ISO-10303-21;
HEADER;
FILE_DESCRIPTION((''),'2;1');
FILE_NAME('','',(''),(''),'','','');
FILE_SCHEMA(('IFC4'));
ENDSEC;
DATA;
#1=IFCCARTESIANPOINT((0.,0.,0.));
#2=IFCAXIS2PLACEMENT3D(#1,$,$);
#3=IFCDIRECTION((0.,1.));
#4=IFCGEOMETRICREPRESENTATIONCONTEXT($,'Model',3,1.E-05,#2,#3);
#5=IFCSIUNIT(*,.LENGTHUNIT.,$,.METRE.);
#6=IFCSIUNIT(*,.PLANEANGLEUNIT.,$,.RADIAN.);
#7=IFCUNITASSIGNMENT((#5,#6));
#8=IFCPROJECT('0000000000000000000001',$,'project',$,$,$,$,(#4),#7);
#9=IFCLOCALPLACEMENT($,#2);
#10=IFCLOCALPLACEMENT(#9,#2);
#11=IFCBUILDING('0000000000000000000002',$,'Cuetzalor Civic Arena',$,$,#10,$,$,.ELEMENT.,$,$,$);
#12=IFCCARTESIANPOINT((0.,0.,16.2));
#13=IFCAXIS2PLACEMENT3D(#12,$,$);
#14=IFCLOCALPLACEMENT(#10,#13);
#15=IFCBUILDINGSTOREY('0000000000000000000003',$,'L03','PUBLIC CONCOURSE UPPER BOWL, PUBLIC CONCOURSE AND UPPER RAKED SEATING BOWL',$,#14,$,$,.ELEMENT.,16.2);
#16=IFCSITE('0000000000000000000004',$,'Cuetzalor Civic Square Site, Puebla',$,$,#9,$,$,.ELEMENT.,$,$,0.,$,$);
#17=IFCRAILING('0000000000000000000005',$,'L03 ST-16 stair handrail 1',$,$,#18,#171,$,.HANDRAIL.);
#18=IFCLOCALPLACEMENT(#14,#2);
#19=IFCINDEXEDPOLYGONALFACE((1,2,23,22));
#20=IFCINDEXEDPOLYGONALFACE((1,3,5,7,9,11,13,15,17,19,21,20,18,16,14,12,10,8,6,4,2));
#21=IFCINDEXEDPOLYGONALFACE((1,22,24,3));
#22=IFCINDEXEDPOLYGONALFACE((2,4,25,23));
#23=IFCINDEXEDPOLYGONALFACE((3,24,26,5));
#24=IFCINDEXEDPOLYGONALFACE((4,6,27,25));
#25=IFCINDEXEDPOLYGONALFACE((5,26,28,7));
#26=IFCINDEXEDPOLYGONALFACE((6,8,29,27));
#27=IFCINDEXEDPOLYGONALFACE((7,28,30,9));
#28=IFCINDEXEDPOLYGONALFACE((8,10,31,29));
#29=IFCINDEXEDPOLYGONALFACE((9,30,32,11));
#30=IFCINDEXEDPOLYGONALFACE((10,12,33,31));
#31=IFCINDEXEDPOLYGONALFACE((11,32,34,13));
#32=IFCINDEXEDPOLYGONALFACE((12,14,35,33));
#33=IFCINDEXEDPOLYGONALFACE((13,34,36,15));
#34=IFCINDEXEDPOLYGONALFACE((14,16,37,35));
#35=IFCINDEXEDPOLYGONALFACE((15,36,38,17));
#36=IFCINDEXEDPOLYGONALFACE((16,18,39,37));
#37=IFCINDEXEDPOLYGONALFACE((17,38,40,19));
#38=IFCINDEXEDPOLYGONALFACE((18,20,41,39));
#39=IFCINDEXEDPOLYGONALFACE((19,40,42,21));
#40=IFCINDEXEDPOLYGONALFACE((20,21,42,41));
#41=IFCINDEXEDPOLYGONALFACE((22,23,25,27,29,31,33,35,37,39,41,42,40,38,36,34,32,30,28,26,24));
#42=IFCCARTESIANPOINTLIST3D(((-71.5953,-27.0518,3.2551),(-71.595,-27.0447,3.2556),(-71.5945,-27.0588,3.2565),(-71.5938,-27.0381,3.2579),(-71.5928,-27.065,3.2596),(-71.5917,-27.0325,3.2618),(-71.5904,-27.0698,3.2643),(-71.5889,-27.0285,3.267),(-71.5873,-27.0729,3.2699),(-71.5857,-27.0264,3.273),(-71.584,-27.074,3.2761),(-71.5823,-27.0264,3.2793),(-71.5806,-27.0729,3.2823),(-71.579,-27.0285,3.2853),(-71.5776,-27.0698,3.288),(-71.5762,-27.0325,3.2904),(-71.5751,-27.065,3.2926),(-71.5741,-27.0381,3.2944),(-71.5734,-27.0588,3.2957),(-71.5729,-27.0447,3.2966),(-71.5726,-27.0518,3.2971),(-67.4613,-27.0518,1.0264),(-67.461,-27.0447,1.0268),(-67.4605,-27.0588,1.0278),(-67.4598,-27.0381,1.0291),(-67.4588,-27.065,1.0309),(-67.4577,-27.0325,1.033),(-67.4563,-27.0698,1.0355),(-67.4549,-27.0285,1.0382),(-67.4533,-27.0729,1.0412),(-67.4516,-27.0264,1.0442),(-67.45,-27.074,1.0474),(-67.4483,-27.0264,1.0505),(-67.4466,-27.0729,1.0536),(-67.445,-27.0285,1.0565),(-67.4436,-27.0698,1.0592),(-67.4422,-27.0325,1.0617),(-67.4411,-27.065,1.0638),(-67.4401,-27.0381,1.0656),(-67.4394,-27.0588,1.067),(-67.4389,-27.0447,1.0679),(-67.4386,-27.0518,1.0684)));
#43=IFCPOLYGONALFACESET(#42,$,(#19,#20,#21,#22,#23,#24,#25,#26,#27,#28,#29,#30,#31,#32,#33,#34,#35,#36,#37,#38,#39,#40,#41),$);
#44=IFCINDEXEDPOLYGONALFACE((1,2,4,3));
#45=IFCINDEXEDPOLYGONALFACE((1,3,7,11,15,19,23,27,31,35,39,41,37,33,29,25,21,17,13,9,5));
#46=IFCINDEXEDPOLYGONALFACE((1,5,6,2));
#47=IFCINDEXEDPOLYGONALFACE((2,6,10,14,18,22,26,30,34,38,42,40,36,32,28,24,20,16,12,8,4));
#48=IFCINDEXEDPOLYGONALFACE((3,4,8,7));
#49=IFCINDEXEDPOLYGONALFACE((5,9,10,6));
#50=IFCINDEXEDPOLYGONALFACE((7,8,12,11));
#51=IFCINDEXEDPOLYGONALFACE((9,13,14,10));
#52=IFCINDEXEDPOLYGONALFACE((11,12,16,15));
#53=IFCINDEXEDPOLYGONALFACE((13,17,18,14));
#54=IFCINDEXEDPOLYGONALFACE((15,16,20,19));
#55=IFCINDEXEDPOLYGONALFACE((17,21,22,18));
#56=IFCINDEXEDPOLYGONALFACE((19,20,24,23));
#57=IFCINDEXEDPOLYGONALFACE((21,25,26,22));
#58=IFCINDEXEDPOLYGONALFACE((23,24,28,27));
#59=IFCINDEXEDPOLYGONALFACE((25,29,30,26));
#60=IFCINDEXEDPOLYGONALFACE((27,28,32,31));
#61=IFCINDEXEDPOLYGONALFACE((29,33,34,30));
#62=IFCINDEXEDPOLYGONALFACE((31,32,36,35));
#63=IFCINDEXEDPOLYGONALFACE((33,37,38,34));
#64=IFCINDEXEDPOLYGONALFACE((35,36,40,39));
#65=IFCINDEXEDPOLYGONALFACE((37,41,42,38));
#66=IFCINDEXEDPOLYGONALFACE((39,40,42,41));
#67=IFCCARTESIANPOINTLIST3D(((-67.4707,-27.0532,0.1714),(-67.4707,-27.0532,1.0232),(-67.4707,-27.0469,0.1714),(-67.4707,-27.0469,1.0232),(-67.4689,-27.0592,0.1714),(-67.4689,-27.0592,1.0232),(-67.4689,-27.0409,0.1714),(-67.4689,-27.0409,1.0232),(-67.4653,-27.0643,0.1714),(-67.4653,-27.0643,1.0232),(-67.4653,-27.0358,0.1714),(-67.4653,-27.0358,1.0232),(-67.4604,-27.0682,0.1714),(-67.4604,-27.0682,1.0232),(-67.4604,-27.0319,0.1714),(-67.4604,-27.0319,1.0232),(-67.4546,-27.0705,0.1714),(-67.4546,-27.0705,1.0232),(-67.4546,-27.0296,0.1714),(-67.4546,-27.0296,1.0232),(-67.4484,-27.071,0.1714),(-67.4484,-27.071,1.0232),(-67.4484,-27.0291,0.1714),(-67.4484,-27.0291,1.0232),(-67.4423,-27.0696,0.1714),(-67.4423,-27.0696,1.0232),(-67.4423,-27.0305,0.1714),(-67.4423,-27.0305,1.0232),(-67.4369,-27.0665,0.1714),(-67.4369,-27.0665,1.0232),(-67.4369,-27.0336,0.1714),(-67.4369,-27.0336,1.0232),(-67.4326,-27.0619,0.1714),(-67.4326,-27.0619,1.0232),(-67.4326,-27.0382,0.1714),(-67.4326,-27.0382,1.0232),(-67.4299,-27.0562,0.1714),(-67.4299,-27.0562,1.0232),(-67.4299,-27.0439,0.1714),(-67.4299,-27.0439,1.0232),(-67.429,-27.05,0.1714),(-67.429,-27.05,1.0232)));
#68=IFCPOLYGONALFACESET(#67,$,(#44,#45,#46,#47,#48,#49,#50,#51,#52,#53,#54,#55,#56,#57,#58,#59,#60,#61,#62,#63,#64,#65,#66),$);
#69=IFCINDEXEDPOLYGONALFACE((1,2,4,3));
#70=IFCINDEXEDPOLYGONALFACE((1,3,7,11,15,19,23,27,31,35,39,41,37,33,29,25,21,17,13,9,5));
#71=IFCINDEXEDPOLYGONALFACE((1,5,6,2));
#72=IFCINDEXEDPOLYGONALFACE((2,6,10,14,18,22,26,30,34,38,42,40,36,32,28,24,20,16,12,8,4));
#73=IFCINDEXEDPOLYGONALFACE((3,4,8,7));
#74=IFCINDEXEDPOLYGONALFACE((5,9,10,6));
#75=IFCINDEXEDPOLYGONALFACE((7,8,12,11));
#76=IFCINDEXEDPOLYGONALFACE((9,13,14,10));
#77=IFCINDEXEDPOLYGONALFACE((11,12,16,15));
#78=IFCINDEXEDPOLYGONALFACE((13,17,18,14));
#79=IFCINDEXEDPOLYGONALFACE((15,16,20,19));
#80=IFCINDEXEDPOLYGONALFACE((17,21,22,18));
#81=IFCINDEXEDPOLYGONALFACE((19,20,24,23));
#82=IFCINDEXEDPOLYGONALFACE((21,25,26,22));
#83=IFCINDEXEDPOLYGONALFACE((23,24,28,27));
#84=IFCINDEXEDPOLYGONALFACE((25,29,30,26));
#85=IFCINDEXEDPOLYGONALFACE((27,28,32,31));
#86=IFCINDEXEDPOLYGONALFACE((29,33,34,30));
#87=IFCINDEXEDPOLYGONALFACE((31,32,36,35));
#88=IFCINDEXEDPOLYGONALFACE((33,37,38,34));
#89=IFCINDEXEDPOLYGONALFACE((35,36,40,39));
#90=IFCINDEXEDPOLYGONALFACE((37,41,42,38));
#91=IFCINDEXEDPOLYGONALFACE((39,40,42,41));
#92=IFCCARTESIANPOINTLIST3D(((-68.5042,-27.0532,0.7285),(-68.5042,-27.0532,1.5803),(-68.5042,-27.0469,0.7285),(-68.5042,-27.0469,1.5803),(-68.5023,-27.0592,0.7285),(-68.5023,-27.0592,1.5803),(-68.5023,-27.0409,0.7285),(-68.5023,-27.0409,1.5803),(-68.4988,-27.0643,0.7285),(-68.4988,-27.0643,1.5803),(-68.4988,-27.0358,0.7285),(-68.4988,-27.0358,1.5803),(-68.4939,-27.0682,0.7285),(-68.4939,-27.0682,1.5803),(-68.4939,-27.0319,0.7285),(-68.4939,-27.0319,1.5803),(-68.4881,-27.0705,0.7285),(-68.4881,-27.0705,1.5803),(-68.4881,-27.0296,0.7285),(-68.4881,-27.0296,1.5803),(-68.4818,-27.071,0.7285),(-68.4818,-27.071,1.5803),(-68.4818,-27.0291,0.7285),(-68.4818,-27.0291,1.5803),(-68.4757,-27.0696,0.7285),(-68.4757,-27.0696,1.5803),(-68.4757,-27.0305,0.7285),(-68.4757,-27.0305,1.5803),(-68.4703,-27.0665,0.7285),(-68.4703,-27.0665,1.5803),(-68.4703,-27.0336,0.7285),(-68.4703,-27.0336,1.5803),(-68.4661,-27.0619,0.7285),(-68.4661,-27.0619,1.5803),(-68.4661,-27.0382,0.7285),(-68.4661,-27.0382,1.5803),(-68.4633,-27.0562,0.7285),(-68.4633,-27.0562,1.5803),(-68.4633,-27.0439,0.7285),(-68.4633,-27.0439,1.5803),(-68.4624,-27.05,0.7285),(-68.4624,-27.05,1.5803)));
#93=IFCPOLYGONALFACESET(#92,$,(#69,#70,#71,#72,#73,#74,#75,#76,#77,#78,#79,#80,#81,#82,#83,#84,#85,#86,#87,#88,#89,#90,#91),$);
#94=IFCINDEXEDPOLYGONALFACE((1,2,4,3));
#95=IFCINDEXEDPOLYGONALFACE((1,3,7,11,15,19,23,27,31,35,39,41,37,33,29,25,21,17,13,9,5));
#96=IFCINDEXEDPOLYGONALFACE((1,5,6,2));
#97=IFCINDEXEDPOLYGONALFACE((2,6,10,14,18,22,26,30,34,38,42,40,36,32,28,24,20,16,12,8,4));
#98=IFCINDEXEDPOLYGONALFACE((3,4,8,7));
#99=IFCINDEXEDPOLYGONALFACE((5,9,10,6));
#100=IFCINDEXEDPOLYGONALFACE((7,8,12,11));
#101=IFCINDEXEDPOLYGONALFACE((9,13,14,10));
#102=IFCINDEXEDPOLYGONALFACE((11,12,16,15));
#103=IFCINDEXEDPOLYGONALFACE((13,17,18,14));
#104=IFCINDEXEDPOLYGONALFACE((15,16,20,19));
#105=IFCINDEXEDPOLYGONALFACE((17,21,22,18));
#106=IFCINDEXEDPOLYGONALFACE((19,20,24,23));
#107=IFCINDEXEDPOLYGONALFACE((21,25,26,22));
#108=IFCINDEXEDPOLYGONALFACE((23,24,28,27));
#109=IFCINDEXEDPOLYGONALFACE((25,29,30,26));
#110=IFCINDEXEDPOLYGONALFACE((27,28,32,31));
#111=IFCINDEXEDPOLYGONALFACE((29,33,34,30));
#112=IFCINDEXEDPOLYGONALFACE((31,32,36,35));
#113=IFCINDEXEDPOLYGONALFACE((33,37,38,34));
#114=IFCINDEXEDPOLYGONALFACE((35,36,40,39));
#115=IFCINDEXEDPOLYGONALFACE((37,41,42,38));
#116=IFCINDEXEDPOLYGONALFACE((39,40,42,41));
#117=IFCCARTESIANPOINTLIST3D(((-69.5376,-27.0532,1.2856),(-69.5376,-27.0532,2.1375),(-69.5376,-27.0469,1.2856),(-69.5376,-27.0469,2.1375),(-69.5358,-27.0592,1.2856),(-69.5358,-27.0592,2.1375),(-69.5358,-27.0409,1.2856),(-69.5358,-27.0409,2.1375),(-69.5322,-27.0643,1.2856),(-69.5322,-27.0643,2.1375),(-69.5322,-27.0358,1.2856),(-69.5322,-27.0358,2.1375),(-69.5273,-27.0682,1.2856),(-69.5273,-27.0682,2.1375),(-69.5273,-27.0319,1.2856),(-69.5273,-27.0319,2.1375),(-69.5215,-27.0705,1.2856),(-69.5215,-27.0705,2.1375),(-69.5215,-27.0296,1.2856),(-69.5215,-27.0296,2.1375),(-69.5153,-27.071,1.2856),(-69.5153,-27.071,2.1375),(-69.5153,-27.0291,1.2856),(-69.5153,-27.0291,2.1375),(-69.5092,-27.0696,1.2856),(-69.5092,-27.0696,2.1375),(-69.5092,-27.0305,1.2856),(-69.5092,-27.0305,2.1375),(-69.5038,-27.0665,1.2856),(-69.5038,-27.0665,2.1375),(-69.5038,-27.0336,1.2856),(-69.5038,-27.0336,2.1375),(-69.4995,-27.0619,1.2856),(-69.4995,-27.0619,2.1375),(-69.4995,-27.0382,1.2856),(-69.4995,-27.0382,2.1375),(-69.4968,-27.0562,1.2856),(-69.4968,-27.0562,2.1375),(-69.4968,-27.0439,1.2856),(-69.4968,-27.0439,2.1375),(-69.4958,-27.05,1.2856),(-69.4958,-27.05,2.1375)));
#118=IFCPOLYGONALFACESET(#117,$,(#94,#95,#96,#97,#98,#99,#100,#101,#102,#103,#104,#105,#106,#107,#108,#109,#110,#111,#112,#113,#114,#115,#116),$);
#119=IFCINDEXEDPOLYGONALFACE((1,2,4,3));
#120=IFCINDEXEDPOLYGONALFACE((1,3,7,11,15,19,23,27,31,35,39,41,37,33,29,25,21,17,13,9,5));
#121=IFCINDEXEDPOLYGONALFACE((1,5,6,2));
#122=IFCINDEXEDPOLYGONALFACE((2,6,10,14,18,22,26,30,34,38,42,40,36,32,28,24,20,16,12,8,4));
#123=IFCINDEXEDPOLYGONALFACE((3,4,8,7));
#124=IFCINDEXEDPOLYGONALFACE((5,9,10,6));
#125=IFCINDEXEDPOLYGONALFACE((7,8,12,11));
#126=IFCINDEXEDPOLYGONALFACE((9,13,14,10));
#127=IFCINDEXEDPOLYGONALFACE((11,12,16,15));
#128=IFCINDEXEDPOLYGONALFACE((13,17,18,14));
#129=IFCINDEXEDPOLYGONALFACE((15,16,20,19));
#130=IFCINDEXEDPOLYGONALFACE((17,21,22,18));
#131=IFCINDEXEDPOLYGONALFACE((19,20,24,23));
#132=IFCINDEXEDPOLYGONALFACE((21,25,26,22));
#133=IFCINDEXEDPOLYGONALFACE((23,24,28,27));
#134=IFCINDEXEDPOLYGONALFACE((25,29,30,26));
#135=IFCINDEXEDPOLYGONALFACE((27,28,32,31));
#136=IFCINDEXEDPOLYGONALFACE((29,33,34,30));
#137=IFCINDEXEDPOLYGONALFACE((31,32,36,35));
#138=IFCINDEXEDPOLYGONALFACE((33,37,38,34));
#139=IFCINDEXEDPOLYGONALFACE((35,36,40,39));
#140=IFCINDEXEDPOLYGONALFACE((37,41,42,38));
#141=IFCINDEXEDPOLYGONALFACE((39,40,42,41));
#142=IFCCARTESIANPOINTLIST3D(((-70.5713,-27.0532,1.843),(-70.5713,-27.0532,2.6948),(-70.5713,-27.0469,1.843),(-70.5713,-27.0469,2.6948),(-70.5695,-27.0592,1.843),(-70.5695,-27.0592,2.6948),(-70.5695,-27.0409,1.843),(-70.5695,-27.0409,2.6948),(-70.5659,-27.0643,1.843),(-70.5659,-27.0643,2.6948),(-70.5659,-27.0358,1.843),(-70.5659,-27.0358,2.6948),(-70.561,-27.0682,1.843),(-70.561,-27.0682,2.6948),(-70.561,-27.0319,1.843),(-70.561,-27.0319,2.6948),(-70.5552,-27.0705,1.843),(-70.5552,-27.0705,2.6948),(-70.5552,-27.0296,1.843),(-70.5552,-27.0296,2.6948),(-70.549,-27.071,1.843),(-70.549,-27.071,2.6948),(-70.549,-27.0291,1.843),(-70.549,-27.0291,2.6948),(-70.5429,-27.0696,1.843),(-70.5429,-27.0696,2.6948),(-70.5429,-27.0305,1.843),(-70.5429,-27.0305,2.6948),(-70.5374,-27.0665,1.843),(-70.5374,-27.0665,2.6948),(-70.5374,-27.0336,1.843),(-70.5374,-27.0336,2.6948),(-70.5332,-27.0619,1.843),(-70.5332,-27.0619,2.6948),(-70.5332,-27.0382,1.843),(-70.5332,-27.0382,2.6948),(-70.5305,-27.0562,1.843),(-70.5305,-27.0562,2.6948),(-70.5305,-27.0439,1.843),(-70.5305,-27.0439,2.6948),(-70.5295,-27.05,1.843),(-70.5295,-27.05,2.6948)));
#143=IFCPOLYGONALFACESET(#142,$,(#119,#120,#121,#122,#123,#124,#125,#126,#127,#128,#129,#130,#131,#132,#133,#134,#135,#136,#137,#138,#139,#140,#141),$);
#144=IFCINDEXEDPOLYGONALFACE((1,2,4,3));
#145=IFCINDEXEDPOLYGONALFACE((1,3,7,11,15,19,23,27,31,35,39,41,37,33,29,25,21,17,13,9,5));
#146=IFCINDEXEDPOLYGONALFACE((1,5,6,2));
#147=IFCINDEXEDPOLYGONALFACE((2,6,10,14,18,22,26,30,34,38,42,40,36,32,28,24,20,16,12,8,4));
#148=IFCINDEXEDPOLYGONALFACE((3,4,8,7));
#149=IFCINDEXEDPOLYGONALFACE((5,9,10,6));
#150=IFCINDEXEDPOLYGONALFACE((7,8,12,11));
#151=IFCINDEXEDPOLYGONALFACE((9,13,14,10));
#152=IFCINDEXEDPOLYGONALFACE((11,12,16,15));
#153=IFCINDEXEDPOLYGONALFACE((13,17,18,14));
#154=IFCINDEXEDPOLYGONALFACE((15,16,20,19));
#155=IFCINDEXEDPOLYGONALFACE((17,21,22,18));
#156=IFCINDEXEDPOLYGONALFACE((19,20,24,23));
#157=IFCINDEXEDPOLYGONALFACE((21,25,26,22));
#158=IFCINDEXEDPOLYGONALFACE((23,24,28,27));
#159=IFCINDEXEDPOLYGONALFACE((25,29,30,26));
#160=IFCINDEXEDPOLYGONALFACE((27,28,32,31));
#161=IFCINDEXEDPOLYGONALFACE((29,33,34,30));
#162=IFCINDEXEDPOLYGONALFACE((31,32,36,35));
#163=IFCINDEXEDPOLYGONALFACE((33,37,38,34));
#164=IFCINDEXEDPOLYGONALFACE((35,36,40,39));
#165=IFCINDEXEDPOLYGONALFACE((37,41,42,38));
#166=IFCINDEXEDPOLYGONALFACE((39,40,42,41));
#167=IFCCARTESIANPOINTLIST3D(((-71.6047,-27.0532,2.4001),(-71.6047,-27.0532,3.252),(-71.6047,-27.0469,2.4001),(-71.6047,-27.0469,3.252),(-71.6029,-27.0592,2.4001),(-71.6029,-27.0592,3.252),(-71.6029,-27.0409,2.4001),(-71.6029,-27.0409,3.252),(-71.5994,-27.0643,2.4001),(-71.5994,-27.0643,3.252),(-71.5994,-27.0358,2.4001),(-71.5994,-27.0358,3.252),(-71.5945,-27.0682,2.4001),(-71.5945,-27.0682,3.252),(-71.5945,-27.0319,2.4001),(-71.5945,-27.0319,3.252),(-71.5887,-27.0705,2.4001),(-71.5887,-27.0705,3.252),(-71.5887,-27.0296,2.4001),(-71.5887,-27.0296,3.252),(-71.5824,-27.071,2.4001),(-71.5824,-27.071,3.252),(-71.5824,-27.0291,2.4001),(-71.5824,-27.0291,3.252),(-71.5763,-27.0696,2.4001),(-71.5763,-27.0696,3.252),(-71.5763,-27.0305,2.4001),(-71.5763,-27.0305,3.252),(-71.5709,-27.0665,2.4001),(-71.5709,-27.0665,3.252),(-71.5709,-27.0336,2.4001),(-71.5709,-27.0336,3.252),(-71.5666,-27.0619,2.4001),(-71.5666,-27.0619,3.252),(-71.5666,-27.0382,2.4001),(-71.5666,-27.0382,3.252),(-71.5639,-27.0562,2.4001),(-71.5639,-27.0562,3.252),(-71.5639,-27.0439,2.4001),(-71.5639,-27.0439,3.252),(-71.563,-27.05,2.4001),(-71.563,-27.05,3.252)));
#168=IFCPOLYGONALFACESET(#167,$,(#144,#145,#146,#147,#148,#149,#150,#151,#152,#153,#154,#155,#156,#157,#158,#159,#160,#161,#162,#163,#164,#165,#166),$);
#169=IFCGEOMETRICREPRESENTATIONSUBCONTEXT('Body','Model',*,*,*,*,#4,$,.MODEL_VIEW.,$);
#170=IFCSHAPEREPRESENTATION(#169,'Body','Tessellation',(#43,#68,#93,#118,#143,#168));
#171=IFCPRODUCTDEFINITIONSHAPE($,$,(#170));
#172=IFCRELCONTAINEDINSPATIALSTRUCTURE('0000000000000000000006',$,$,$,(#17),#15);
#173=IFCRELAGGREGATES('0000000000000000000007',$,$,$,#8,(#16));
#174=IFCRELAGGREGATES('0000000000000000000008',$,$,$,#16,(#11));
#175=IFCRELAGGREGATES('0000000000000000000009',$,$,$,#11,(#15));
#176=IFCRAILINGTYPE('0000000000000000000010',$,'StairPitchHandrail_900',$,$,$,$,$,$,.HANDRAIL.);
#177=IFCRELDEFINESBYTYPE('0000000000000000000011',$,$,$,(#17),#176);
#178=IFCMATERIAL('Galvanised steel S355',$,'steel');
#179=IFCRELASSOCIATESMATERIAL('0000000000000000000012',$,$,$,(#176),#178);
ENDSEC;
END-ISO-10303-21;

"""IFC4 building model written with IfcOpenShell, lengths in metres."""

from ifc_helpers import new_model, si_unit, direction, frame, origin, origin_2d, place, context, subcontext, project, spatial, circle, extrude, material, type_object, element, save


model = new_model("IFC4")

# Units and contexts
model_context = context("Model", 3, precision=1e-05, world=origin(), true_north=direction((0.0, 1.0)))
body_context = subcontext(model_context, "Body", "Model", "MODEL_VIEW")
ifc_project = project(units=[si_unit("LENGTHUNIT", "METRE"), si_unit("PLANEANGLEUNIT", "RADIAN")], contexts=[model_context])

# Site, building, storey
site_placement = place(None, origin())
site = spatial("IfcSite", under=ifc_project, at=site_placement, Name="Cuetzalor Civic Square Site, Puebla", CompositionType="ELEMENT", RefElevation=0.0)
building_placement = place(site_placement, origin())
building = spatial("IfcBuilding", under=site, at=building_placement, Name="Cuetzalor Civic Arena", CompositionType="ELEMENT")
storey_placement = place(building_placement, frame((0.0, 0.0, 16.2)))
storey = spatial("IfcBuildingStorey", under=building, at=storey_placement, Name="L03", Description="PUBLIC CONCOURSE UPPER BOWL, PUBLIC CONCOURSE AND UPPER RAKED SEATING BOWL", CompositionType="ELEMENT", Elevation=16.2)

# Railing
ifc_material_1 = material(Name="Galvanised steel S355", Category="steel")
railing_type_1 = type_object("IfcRailingType", Name="StairPitchHandrail_900", PredefinedType="HANDRAIL", material=ifc_material_1)
railing_1_placement = place(storey_placement, frame((-67.45, -27.05, 0.1714)))
element("IfcRailing", 1, at=railing_1_placement, inside=storey, type_object=railing_type_1, Name="L03 ST-16 stair handrail 1", PredefinedType="HANDRAIL", context=body_context, shape_type="SweptSolid", body=[
    extrude(circle(Radius=0.0239, at=origin_2d()), frame((0.0, 0.0, 0.876), z_axis=(-0.880227, 0.0, 0.474552), x_axis=(0.0, -1.0, 0.0)), (0.0, 0.0, 1.0), 4.6965),
    extrude(circle(Radius=0.021, at=origin_2d()), origin(), (0.0, 0.0, 1.0), 0.8518),
    extrude(circle(Radius=0.021, at=origin_2d()), frame((-1.0334, 0.0, 0.5571)), (0.0, 0.0, 1.0), 0.8518),
    extrude(circle(Radius=0.021, at=origin_2d()), frame((-2.0669, 0.0, 1.1143)), (0.0, 0.0, 1.0), 0.8518),
    extrude(circle(Radius=0.021, at=origin_2d()), frame((-3.1006, 0.0, 1.6716)), (0.0, 0.0, 1.0), 0.8518),
    extrude(circle(Radius=0.021, at=origin_2d()), frame((-4.134, 0.0, 2.2288)), (0.0, 0.0, 1.0), 0.8518),
])

save(model, "model.ifc")
